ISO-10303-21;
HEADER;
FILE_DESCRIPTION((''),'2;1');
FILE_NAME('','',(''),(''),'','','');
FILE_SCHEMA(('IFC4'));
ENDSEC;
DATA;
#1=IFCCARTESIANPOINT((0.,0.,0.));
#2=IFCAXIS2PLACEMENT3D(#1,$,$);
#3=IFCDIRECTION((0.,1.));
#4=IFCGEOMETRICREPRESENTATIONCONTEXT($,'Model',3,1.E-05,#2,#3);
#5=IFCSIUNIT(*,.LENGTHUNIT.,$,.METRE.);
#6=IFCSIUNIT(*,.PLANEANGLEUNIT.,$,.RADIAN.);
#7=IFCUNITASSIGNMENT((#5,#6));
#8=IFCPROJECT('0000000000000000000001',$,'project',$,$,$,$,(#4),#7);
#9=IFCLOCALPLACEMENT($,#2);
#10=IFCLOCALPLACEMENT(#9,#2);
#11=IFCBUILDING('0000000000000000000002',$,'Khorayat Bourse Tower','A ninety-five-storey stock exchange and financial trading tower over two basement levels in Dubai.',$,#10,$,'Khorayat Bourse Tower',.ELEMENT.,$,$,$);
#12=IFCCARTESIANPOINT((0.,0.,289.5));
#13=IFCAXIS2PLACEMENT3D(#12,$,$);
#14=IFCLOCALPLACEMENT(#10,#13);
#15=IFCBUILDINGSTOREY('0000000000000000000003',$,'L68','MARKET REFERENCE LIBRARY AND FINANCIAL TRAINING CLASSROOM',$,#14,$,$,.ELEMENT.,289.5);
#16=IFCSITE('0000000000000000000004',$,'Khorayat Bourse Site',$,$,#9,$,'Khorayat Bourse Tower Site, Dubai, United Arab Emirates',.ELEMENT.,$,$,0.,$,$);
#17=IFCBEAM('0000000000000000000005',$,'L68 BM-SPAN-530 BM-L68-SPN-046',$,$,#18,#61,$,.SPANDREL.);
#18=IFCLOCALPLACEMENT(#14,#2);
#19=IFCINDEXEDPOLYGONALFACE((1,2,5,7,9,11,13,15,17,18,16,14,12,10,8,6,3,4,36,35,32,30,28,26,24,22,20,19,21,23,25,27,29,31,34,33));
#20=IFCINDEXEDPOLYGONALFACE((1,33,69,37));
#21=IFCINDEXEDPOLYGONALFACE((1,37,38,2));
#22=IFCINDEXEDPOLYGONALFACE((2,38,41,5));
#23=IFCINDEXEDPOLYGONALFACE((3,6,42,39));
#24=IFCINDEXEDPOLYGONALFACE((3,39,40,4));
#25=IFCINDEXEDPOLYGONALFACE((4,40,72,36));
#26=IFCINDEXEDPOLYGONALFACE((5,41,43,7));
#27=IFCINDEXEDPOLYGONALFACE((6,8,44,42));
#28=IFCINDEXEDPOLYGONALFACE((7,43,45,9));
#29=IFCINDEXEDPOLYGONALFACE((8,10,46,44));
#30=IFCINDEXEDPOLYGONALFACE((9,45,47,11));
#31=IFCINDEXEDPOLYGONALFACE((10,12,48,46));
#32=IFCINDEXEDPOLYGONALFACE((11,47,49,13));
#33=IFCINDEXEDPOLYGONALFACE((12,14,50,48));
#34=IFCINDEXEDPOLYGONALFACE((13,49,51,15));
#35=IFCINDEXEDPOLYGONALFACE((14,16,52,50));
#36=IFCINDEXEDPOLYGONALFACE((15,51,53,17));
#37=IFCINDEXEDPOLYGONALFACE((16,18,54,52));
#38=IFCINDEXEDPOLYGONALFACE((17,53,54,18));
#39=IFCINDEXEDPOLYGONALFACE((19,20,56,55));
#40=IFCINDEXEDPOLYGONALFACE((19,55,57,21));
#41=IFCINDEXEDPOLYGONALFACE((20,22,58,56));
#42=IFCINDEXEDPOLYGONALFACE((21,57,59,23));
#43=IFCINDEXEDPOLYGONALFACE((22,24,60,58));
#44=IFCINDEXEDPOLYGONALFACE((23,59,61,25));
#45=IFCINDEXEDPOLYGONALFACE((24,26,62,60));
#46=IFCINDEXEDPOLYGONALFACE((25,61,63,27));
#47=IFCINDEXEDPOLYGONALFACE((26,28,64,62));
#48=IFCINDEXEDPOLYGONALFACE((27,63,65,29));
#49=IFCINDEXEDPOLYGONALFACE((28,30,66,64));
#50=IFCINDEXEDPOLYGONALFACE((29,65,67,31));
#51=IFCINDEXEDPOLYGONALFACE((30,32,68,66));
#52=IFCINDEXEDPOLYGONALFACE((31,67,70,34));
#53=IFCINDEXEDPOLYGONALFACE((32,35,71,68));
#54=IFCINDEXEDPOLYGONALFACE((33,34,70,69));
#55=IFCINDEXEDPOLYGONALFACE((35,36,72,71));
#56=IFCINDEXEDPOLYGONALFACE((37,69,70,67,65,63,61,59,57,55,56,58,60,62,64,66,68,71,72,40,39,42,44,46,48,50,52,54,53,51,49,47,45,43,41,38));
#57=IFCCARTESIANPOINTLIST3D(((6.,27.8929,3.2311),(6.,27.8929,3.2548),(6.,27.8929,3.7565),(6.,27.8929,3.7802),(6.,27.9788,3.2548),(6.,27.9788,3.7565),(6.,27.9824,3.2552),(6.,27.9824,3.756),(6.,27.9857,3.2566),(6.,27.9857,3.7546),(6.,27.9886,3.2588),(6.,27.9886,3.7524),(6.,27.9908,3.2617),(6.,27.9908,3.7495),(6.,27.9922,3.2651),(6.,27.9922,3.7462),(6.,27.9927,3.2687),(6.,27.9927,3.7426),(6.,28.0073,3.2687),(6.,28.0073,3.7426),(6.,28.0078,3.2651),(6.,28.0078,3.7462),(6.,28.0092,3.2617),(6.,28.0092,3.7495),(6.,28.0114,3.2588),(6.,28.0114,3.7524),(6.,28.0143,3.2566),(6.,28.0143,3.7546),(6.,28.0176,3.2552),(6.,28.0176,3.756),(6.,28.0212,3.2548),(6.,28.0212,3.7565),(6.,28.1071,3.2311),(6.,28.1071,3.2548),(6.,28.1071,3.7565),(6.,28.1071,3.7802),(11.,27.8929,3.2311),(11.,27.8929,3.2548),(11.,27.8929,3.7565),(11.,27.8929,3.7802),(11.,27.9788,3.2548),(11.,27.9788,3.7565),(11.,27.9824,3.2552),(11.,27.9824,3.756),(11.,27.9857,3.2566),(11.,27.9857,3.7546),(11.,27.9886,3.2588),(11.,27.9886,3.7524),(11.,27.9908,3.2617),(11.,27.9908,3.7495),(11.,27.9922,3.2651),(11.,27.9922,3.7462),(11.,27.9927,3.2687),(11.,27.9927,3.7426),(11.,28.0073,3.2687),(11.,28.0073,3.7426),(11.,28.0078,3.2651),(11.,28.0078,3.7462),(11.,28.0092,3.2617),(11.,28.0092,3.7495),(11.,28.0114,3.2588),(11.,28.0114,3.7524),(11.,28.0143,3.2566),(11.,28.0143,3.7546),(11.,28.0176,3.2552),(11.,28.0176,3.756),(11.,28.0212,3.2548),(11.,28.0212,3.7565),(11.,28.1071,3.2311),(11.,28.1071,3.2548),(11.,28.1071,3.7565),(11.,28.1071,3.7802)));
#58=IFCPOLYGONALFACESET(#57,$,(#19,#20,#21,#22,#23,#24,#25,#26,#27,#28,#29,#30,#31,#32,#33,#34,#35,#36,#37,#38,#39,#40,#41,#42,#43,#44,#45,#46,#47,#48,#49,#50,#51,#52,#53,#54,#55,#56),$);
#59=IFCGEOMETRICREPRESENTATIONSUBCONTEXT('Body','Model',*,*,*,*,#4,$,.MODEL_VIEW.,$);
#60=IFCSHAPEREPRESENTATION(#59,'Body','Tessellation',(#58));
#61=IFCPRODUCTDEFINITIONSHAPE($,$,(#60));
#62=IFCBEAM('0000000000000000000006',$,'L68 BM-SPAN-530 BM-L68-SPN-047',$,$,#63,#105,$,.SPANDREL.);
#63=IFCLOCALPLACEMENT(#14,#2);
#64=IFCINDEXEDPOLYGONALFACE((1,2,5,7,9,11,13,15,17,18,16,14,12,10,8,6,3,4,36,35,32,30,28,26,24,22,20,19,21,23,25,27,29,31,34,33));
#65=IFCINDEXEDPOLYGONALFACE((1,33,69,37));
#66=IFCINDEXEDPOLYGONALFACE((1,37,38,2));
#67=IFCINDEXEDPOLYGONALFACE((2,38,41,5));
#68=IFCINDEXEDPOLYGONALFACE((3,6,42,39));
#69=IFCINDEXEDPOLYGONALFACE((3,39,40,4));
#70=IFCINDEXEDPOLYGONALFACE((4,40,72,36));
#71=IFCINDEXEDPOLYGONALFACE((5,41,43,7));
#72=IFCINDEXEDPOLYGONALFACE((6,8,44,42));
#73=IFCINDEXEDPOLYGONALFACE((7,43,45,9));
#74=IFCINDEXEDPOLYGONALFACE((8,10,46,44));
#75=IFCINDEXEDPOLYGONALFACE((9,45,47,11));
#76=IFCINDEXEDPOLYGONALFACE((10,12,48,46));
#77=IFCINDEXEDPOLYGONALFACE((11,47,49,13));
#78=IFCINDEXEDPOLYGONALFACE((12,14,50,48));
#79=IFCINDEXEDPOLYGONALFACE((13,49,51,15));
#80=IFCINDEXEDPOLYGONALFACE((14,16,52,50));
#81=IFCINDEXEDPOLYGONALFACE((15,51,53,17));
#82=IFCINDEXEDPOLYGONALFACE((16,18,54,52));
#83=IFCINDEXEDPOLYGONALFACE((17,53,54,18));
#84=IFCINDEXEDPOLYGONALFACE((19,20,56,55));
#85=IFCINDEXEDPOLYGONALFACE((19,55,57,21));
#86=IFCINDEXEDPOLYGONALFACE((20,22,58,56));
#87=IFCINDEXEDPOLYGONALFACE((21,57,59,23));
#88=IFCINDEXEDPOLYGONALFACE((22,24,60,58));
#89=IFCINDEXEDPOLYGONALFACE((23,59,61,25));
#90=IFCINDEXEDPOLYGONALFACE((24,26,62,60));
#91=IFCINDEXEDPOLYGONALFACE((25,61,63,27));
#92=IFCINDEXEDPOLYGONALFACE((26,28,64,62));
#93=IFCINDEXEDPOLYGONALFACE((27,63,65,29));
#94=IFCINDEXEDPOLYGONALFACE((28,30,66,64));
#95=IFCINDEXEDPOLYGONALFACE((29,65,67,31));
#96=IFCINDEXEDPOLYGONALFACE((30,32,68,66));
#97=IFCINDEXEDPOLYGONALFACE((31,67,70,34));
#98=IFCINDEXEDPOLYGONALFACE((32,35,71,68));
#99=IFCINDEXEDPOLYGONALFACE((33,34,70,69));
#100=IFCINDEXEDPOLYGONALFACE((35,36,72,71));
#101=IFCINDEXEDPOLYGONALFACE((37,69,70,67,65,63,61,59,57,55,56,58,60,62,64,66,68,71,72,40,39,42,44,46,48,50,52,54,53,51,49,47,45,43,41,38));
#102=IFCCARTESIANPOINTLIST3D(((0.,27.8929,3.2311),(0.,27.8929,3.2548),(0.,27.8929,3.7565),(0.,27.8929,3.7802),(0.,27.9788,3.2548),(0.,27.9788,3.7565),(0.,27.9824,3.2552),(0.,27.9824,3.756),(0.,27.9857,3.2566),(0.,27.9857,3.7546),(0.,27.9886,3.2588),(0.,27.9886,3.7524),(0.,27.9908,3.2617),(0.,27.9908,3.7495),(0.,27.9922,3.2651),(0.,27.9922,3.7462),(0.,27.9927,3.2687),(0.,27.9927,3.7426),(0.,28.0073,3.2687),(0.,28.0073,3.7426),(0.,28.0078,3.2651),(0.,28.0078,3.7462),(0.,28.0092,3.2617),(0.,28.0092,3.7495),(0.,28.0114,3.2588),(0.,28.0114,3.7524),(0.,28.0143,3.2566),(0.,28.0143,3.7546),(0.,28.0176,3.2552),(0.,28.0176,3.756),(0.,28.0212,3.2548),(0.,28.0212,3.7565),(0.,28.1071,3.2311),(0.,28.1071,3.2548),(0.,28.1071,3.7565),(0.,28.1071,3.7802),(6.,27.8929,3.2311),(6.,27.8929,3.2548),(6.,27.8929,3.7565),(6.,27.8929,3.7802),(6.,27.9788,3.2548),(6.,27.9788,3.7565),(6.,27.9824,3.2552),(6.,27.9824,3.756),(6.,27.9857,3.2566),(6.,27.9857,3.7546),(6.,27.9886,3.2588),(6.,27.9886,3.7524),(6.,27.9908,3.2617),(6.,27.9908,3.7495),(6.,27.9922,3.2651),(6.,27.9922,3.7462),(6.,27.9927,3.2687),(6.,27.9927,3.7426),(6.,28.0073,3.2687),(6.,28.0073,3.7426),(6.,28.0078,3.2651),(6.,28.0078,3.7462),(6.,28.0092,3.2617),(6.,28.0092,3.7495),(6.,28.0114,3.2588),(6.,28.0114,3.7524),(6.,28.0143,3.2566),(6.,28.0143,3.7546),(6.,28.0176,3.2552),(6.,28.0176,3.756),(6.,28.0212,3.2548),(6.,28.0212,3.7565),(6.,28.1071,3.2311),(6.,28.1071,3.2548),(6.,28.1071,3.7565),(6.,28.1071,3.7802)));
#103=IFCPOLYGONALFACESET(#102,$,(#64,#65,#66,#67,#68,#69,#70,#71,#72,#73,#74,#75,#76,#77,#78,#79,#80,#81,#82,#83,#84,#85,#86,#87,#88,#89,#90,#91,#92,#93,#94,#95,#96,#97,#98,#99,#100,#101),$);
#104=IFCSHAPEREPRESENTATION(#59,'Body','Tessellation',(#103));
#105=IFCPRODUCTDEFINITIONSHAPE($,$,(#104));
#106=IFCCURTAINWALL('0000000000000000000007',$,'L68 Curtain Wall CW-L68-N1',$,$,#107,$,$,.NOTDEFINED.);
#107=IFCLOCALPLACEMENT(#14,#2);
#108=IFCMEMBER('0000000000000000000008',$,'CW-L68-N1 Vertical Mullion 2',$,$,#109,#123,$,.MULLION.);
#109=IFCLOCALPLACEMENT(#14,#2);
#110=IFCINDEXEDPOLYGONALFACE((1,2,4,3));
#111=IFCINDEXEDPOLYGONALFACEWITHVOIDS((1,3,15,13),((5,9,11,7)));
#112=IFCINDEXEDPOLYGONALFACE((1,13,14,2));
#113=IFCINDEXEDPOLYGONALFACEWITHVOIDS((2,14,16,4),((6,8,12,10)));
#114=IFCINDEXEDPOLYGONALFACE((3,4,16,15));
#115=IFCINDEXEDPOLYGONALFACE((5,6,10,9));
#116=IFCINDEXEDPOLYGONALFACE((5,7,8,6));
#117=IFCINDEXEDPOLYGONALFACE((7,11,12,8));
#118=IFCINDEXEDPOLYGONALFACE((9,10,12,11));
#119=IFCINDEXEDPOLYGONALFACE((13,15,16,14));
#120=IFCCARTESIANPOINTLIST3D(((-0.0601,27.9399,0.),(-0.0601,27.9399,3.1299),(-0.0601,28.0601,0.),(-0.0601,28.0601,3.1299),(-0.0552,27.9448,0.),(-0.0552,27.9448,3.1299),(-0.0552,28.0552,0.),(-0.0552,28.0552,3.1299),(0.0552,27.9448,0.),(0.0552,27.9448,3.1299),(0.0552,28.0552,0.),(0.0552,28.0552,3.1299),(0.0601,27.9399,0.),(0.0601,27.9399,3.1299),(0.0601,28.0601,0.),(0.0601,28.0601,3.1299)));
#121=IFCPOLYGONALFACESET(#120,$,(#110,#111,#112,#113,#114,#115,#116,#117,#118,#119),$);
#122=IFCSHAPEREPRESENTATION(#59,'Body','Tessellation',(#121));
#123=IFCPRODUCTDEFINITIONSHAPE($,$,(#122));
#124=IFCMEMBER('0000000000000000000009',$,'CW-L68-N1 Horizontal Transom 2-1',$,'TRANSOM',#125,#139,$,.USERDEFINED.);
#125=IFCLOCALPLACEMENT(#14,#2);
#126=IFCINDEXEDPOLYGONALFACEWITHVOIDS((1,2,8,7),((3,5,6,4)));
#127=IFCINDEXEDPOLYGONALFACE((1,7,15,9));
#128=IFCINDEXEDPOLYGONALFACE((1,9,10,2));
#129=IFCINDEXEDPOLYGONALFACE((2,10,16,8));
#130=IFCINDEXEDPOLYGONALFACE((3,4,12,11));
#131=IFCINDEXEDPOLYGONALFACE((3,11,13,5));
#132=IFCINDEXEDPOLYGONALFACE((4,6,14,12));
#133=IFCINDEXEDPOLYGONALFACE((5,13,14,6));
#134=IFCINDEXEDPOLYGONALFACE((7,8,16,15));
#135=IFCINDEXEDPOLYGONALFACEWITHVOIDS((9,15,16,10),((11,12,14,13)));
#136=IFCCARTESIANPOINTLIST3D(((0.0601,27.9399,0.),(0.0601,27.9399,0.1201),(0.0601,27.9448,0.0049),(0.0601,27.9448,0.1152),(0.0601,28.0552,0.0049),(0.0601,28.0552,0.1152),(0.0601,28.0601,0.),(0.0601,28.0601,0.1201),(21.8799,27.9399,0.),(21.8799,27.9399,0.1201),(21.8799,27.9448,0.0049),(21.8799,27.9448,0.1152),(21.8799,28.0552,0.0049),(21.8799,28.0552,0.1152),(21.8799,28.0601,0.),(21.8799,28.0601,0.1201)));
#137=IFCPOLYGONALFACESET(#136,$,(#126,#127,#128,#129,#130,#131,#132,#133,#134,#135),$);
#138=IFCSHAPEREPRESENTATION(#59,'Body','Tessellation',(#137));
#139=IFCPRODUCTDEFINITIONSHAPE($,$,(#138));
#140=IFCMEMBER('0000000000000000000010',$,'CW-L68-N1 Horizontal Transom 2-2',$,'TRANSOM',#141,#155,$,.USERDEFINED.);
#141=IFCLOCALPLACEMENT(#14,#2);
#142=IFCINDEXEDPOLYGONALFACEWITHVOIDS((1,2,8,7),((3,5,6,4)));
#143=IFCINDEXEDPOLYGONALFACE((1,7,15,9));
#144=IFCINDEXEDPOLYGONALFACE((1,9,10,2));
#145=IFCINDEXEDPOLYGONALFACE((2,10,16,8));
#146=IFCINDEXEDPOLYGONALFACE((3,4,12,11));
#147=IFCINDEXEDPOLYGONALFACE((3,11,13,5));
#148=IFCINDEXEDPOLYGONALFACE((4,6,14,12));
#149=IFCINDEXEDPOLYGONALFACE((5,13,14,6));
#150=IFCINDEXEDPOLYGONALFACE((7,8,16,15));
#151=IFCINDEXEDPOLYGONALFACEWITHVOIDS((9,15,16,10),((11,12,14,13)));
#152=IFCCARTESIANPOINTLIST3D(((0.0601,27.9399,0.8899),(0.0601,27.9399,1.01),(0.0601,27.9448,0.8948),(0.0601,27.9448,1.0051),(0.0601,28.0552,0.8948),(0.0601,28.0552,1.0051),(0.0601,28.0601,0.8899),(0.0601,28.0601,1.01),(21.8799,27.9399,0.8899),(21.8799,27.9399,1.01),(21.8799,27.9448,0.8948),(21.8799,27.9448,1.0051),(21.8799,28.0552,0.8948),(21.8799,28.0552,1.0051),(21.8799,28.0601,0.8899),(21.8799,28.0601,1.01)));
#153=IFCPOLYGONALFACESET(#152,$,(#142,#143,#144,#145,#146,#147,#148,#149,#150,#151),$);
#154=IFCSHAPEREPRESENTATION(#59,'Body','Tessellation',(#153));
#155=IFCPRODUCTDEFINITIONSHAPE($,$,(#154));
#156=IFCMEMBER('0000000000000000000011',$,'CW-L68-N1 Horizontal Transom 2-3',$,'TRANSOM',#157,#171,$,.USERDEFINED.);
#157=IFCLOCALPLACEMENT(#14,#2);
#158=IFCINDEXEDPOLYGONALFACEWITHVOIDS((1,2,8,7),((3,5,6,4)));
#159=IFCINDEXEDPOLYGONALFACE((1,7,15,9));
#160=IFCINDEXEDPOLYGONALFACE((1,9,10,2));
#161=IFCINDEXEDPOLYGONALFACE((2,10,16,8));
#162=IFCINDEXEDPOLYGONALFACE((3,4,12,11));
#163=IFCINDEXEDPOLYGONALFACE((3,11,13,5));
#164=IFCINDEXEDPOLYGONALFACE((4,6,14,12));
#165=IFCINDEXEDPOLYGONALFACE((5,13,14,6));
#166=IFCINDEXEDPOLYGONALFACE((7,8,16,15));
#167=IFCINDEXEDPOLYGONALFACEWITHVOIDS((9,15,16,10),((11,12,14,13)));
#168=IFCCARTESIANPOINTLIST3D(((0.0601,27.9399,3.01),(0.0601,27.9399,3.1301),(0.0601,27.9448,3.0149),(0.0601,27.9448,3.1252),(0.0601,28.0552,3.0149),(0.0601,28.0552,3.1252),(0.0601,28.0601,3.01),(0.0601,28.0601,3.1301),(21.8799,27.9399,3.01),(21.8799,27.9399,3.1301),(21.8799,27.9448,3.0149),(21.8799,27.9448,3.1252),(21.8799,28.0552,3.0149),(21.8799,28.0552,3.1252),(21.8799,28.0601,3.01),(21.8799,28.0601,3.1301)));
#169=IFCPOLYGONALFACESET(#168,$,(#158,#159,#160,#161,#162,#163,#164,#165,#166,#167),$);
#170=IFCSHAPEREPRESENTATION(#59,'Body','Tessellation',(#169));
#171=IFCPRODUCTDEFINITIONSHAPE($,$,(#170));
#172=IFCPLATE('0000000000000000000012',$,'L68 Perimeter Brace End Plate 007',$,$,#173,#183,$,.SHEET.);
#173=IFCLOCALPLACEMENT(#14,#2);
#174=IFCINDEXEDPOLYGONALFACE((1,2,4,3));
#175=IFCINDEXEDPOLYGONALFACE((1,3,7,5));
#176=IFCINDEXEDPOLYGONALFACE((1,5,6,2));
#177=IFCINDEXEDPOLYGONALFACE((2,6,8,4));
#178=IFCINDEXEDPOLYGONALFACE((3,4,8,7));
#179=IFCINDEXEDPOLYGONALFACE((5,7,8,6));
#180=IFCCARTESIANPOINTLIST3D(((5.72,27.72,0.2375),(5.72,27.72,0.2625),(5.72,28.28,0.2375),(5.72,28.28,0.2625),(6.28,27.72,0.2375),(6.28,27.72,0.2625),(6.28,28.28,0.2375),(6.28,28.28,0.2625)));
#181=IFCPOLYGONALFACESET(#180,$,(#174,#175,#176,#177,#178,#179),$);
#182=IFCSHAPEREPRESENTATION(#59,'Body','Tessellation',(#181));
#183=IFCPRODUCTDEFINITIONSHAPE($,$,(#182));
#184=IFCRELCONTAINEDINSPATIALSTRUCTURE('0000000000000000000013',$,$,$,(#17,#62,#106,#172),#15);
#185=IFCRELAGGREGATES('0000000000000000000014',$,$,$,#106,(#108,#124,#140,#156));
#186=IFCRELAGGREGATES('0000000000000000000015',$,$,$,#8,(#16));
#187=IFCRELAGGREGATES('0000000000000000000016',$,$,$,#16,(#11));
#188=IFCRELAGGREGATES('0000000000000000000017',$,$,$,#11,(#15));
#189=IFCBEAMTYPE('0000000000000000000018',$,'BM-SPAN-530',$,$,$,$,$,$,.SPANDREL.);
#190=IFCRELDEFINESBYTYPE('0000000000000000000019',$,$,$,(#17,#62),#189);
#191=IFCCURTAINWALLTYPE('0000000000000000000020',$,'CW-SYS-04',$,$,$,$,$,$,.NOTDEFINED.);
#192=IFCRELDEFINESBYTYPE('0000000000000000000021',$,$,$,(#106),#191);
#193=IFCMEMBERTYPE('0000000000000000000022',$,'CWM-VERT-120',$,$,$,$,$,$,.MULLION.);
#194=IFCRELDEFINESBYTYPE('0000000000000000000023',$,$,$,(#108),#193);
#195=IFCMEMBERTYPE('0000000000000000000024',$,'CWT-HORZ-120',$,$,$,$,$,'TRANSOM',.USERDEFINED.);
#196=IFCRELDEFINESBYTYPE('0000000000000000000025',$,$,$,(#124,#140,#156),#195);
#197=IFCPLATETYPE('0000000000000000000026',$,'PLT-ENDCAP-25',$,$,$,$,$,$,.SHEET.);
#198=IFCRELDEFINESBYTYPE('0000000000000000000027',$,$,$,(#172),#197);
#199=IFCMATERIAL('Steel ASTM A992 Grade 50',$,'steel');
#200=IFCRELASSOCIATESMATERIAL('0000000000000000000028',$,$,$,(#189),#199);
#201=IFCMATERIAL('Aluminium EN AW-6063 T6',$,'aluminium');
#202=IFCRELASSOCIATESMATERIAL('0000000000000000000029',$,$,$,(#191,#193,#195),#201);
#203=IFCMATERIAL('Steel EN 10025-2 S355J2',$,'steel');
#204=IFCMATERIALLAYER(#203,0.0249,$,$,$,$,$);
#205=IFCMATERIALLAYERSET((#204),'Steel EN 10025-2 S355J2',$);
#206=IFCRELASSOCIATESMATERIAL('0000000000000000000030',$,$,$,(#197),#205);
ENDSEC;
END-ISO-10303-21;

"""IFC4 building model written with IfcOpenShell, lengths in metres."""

from ifc_helpers import new_model, si_unit, direction, frame, origin, origin_2d, place, context, subcontext, project, spatial, rectangle, hollow_rectangle, i_section, extrude, source, transform, mapped, material, layer, layer_set, material_profile, profile_set, type_object, element, aggregate, save


model = new_model("IFC4")

# Units and contexts
model_context = context("Model", 3, precision=1e-05, world=origin(), true_north=direction((0.0, 1.0)))
body_context = subcontext(model_context, "Body", "Model", "MODEL_VIEW")
ifc_project = project(units=[si_unit("LENGTHUNIT", "METRE"), si_unit("PLANEANGLEUNIT", "RADIAN")], contexts=[model_context])

# Site, building, storey
site_placement = place(None, origin())
site = spatial("IfcSite", under=ifc_project, at=site_placement, Name="Khorayat Bourse Site", LongName="Khorayat Bourse Tower Site, Dubai, United Arab Emirates", CompositionType="ELEMENT", RefElevation=0.0)
building_placement = place(site_placement, origin())
building = spatial("IfcBuilding", under=site, at=building_placement, Name="Khorayat Bourse Tower", Description="A ninety-five-storey stock exchange and financial trading tower over two basement levels in Dubai.", LongName="Khorayat Bourse Tower", CompositionType="ELEMENT")
storey_placement = place(building_placement, frame((0.0, 0.0, 289.5)))
storey = spatial("IfcBuildingStorey", under=building, at=storey_placement, Name="L68", Description="MARKET REFERENCE LIBRARY AND FINANCIAL TRAINING CLASSROOM", CompositionType="ELEMENT", Elevation=289.5)

# Beams
ifc_material_1 = material(Name="Steel ASTM A992 Grade 50", Category="steel")
ifc_material_profile_1 = material_profile(ifc_material_1, i_section(OverallWidth=0.2141, OverallDepth=0.5491, WebThickness=0.0146, FlangeThickness=0.0237, FilletRadius=0.0139, at=origin_2d()), Name="W530X138")
ifc_profile_set_1 = profile_set([ifc_material_profile_1], Name="Steel ASTM A992 Grade 50")
beam_type_1 = type_object("IfcBeamType", Name="BM-SPAN-530", PredefinedType="SPANDREL", material=ifc_profile_set_1)
shared_shape_1 = source(origin(), body_context, "Body", "SweptSolid", [
    extrude(i_section(OverallWidth=0.2141, OverallDepth=0.5491, WebThickness=0.0146, FlangeThickness=0.0237, FilletRadius=0.0139, at=origin_2d()), origin(), (0.0, 0.0, 1.0), 5.0),
])
beam_1_placement = place(storey_placement, frame((6.0, 28.0, 3.5056), z_axis=(1.0, 0.0, 0.0), x_axis=(0.0, 1.0, 0.0)))
element("IfcBeam", 1, at=beam_1_placement, inside=storey, type_object=beam_type_1, Name="L68 BM-SPAN-530 BM-L68-SPN-046", PredefinedType="SPANDREL", context=body_context, shape_type="MappedRepresentation", body=[
    mapped(shared_shape_1, transform((0.0, 0.0, 0.0), scale=1.0)),
])
shared_shape_2 = source(origin(), body_context, "Body", "SweptSolid", [
    extrude(i_section(OverallWidth=0.2141, OverallDepth=0.5491, WebThickness=0.0146, FlangeThickness=0.0237, FilletRadius=0.0139, at=origin_2d()), origin(), (0.0, 0.0, 1.0), 6.0),
])
beam_2_placement = place(storey_placement, frame((0.0, 28.0, 3.5056), z_axis=(1.0, 0.0, 0.0), x_axis=(0.0, 1.0, 0.0)))
element("IfcBeam", 2, at=beam_2_placement, inside=storey, type_object=beam_type_1, Name="L68 BM-SPAN-530 BM-L68-SPN-047", PredefinedType="SPANDREL", context=body_context, shape_type="MappedRepresentation", body=[
    mapped(shared_shape_2, transform((0.0, 0.0, 0.0), scale=1.0)),
])

# Curtain wall, members
ifc_material_2 = material(Name="Aluminium EN AW-6063 T6", Category="aluminium")
curtain_wall_type = type_object("IfcCurtainWallType", Name="CW-SYS-04", PredefinedType="NOTDEFINED", material=ifc_material_2)
curtain_wall_placement = place(storey_placement, origin())
curtain_wall = element("IfcCurtainWall", 3, at=curtain_wall_placement, inside=storey, type_object=curtain_wall_type, Name="L68 Curtain Wall CW-L68-N1", PredefinedType="NOTDEFINED")
ifc_material_profile_2 = material_profile(ifc_material_2, hollow_rectangle(XDim=0.1201, YDim=0.1201, WallThickness=0.0049, at=origin_2d()), Name="ALU 120x120x5")
ifc_profile_set_2 = profile_set([ifc_material_profile_2], Name="Aluminium EN AW-6063 T6")
member_type_1 = type_object("IfcMemberType", Name="CWM-VERT-120", PredefinedType="MULLION", material=ifc_profile_set_2)
shared_shape_3 = source(origin(), body_context, "Body", "SweptSolid", [
    extrude(hollow_rectangle(XDim=0.1201, YDim=0.1201, WallThickness=0.0049, at=origin_2d()), origin(), (0.0, 0.0, 1.0), 3.1299),
])
member_1_placement = place(storey_placement, frame((0.0, 28.0, 0.0), z_axis=(0.0, 0.0, 1.0), x_axis=(0.0, 1.0, 0.0)))
member_1 = element("IfcMember", 4, at=member_1_placement, type_object=member_type_1, Name="CW-L68-N1 Vertical Mullion 2", PredefinedType="MULLION", context=body_context, shape_type="MappedRepresentation", body=[
    mapped(shared_shape_3, transform((0.0, 0.0, 0.0), scale=1.0)),
])
ifc_material_profile_3 = material_profile(ifc_material_2, hollow_rectangle(XDim=0.1201, YDim=0.1201, WallThickness=0.0049, at=origin_2d()), Name="ALU 120x120x5")
ifc_profile_set_3 = profile_set([ifc_material_profile_3], Name="Aluminium EN AW-6063 T6")
member_type_2 = type_object("IfcMemberType", Name="CWT-HORZ-120", ElementType="TRANSOM", PredefinedType="USERDEFINED", material=ifc_profile_set_3)
shared_shape_4 = source(origin(), body_context, "Body", "SweptSolid", [
    extrude(hollow_rectangle(XDim=0.1201, YDim=0.1201, WallThickness=0.0049, at=origin_2d()), origin(), (0.0, 0.0, 1.0), 21.8198),
])
member_2_placement = place(storey_placement, frame((0.0601, 28.0, 0.0601), z_axis=(1.0, 0.0, 0.0), x_axis=(0.0, 1.0, 0.0)))
member_2 = element("IfcMember", 5, at=member_2_placement, type_object=member_type_2, Name="CW-L68-N1 Horizontal Transom 2-1", ObjectType="TRANSOM", PredefinedType="USERDEFINED", context=body_context, shape_type="MappedRepresentation", body=[
    mapped(shared_shape_4, transform((0.0, 0.0, 0.0), scale=1.0)),
])
member_3_placement = place(storey_placement, frame((0.0601, 28.0, 0.95), z_axis=(1.0, 0.0, 0.0), x_axis=(0.0, 1.0, 0.0)))
member_3 = element("IfcMember", 6, at=member_3_placement, type_object=member_type_2, Name="CW-L68-N1 Horizontal Transom 2-2", ObjectType="TRANSOM", PredefinedType="USERDEFINED", context=body_context, shape_type="MappedRepresentation", body=[
    mapped(shared_shape_4, transform((0.0, 0.0, 0.0), scale=1.0)),
])
member_4_placement = place(storey_placement, frame((0.0601, 28.0, 3.0701), z_axis=(1.0, 0.0, 0.0), x_axis=(0.0, 1.0, 0.0)))
member_4 = element("IfcMember", 7, at=member_4_placement, type_object=member_type_2, Name="CW-L68-N1 Horizontal Transom 2-3", ObjectType="TRANSOM", PredefinedType="USERDEFINED", context=body_context, shape_type="MappedRepresentation", body=[
    mapped(shared_shape_4, transform((0.0, 0.0, 0.0), scale=1.0)),
])

# Plate
ifc_material_3 = material(Name="Steel EN 10025-2 S355J2", Category="steel")
ifc_layer_1 = layer(ifc_material_3, 0.0249)
ifc_layer_set_1 = layer_set([ifc_layer_1], Name="Steel EN 10025-2 S355J2")
plate_type_1 = type_object("IfcPlateType", Name="PLT-ENDCAP-25", PredefinedType="SHEET", material=ifc_layer_set_1)
shared_shape_5 = source(origin(), body_context, "Body", "SweptSolid", [
    extrude(rectangle(XDim=0.5601, YDim=0.5601, at=origin_2d()), origin(), (0.0, 0.0, 1.0), 0.0249),
])
for number, where, z_axis, x_axis, name in (
    (8, (6.0, 28.0, 0.2375), (0.0, 0.0, 1.0), (1.0, 0.0, 0.0), "L68 Perimeter Brace End Plate 007"),
):
    element("IfcPlate", number, at=place(storey_placement, frame(where, z_axis=z_axis, x_axis=x_axis)), inside=storey, type_object=plate_type_1, Name=name, PredefinedType="SHEET", context=body_context, shape_type="MappedRepresentation", body=[
        mapped(shared_shape_5, transform((0.0, 0.0, 0.0), scale=1.0)),
    ])

aggregate(curtain_wall, [member_1, member_2, member_3, member_4])

save(model, "model.ifc")
